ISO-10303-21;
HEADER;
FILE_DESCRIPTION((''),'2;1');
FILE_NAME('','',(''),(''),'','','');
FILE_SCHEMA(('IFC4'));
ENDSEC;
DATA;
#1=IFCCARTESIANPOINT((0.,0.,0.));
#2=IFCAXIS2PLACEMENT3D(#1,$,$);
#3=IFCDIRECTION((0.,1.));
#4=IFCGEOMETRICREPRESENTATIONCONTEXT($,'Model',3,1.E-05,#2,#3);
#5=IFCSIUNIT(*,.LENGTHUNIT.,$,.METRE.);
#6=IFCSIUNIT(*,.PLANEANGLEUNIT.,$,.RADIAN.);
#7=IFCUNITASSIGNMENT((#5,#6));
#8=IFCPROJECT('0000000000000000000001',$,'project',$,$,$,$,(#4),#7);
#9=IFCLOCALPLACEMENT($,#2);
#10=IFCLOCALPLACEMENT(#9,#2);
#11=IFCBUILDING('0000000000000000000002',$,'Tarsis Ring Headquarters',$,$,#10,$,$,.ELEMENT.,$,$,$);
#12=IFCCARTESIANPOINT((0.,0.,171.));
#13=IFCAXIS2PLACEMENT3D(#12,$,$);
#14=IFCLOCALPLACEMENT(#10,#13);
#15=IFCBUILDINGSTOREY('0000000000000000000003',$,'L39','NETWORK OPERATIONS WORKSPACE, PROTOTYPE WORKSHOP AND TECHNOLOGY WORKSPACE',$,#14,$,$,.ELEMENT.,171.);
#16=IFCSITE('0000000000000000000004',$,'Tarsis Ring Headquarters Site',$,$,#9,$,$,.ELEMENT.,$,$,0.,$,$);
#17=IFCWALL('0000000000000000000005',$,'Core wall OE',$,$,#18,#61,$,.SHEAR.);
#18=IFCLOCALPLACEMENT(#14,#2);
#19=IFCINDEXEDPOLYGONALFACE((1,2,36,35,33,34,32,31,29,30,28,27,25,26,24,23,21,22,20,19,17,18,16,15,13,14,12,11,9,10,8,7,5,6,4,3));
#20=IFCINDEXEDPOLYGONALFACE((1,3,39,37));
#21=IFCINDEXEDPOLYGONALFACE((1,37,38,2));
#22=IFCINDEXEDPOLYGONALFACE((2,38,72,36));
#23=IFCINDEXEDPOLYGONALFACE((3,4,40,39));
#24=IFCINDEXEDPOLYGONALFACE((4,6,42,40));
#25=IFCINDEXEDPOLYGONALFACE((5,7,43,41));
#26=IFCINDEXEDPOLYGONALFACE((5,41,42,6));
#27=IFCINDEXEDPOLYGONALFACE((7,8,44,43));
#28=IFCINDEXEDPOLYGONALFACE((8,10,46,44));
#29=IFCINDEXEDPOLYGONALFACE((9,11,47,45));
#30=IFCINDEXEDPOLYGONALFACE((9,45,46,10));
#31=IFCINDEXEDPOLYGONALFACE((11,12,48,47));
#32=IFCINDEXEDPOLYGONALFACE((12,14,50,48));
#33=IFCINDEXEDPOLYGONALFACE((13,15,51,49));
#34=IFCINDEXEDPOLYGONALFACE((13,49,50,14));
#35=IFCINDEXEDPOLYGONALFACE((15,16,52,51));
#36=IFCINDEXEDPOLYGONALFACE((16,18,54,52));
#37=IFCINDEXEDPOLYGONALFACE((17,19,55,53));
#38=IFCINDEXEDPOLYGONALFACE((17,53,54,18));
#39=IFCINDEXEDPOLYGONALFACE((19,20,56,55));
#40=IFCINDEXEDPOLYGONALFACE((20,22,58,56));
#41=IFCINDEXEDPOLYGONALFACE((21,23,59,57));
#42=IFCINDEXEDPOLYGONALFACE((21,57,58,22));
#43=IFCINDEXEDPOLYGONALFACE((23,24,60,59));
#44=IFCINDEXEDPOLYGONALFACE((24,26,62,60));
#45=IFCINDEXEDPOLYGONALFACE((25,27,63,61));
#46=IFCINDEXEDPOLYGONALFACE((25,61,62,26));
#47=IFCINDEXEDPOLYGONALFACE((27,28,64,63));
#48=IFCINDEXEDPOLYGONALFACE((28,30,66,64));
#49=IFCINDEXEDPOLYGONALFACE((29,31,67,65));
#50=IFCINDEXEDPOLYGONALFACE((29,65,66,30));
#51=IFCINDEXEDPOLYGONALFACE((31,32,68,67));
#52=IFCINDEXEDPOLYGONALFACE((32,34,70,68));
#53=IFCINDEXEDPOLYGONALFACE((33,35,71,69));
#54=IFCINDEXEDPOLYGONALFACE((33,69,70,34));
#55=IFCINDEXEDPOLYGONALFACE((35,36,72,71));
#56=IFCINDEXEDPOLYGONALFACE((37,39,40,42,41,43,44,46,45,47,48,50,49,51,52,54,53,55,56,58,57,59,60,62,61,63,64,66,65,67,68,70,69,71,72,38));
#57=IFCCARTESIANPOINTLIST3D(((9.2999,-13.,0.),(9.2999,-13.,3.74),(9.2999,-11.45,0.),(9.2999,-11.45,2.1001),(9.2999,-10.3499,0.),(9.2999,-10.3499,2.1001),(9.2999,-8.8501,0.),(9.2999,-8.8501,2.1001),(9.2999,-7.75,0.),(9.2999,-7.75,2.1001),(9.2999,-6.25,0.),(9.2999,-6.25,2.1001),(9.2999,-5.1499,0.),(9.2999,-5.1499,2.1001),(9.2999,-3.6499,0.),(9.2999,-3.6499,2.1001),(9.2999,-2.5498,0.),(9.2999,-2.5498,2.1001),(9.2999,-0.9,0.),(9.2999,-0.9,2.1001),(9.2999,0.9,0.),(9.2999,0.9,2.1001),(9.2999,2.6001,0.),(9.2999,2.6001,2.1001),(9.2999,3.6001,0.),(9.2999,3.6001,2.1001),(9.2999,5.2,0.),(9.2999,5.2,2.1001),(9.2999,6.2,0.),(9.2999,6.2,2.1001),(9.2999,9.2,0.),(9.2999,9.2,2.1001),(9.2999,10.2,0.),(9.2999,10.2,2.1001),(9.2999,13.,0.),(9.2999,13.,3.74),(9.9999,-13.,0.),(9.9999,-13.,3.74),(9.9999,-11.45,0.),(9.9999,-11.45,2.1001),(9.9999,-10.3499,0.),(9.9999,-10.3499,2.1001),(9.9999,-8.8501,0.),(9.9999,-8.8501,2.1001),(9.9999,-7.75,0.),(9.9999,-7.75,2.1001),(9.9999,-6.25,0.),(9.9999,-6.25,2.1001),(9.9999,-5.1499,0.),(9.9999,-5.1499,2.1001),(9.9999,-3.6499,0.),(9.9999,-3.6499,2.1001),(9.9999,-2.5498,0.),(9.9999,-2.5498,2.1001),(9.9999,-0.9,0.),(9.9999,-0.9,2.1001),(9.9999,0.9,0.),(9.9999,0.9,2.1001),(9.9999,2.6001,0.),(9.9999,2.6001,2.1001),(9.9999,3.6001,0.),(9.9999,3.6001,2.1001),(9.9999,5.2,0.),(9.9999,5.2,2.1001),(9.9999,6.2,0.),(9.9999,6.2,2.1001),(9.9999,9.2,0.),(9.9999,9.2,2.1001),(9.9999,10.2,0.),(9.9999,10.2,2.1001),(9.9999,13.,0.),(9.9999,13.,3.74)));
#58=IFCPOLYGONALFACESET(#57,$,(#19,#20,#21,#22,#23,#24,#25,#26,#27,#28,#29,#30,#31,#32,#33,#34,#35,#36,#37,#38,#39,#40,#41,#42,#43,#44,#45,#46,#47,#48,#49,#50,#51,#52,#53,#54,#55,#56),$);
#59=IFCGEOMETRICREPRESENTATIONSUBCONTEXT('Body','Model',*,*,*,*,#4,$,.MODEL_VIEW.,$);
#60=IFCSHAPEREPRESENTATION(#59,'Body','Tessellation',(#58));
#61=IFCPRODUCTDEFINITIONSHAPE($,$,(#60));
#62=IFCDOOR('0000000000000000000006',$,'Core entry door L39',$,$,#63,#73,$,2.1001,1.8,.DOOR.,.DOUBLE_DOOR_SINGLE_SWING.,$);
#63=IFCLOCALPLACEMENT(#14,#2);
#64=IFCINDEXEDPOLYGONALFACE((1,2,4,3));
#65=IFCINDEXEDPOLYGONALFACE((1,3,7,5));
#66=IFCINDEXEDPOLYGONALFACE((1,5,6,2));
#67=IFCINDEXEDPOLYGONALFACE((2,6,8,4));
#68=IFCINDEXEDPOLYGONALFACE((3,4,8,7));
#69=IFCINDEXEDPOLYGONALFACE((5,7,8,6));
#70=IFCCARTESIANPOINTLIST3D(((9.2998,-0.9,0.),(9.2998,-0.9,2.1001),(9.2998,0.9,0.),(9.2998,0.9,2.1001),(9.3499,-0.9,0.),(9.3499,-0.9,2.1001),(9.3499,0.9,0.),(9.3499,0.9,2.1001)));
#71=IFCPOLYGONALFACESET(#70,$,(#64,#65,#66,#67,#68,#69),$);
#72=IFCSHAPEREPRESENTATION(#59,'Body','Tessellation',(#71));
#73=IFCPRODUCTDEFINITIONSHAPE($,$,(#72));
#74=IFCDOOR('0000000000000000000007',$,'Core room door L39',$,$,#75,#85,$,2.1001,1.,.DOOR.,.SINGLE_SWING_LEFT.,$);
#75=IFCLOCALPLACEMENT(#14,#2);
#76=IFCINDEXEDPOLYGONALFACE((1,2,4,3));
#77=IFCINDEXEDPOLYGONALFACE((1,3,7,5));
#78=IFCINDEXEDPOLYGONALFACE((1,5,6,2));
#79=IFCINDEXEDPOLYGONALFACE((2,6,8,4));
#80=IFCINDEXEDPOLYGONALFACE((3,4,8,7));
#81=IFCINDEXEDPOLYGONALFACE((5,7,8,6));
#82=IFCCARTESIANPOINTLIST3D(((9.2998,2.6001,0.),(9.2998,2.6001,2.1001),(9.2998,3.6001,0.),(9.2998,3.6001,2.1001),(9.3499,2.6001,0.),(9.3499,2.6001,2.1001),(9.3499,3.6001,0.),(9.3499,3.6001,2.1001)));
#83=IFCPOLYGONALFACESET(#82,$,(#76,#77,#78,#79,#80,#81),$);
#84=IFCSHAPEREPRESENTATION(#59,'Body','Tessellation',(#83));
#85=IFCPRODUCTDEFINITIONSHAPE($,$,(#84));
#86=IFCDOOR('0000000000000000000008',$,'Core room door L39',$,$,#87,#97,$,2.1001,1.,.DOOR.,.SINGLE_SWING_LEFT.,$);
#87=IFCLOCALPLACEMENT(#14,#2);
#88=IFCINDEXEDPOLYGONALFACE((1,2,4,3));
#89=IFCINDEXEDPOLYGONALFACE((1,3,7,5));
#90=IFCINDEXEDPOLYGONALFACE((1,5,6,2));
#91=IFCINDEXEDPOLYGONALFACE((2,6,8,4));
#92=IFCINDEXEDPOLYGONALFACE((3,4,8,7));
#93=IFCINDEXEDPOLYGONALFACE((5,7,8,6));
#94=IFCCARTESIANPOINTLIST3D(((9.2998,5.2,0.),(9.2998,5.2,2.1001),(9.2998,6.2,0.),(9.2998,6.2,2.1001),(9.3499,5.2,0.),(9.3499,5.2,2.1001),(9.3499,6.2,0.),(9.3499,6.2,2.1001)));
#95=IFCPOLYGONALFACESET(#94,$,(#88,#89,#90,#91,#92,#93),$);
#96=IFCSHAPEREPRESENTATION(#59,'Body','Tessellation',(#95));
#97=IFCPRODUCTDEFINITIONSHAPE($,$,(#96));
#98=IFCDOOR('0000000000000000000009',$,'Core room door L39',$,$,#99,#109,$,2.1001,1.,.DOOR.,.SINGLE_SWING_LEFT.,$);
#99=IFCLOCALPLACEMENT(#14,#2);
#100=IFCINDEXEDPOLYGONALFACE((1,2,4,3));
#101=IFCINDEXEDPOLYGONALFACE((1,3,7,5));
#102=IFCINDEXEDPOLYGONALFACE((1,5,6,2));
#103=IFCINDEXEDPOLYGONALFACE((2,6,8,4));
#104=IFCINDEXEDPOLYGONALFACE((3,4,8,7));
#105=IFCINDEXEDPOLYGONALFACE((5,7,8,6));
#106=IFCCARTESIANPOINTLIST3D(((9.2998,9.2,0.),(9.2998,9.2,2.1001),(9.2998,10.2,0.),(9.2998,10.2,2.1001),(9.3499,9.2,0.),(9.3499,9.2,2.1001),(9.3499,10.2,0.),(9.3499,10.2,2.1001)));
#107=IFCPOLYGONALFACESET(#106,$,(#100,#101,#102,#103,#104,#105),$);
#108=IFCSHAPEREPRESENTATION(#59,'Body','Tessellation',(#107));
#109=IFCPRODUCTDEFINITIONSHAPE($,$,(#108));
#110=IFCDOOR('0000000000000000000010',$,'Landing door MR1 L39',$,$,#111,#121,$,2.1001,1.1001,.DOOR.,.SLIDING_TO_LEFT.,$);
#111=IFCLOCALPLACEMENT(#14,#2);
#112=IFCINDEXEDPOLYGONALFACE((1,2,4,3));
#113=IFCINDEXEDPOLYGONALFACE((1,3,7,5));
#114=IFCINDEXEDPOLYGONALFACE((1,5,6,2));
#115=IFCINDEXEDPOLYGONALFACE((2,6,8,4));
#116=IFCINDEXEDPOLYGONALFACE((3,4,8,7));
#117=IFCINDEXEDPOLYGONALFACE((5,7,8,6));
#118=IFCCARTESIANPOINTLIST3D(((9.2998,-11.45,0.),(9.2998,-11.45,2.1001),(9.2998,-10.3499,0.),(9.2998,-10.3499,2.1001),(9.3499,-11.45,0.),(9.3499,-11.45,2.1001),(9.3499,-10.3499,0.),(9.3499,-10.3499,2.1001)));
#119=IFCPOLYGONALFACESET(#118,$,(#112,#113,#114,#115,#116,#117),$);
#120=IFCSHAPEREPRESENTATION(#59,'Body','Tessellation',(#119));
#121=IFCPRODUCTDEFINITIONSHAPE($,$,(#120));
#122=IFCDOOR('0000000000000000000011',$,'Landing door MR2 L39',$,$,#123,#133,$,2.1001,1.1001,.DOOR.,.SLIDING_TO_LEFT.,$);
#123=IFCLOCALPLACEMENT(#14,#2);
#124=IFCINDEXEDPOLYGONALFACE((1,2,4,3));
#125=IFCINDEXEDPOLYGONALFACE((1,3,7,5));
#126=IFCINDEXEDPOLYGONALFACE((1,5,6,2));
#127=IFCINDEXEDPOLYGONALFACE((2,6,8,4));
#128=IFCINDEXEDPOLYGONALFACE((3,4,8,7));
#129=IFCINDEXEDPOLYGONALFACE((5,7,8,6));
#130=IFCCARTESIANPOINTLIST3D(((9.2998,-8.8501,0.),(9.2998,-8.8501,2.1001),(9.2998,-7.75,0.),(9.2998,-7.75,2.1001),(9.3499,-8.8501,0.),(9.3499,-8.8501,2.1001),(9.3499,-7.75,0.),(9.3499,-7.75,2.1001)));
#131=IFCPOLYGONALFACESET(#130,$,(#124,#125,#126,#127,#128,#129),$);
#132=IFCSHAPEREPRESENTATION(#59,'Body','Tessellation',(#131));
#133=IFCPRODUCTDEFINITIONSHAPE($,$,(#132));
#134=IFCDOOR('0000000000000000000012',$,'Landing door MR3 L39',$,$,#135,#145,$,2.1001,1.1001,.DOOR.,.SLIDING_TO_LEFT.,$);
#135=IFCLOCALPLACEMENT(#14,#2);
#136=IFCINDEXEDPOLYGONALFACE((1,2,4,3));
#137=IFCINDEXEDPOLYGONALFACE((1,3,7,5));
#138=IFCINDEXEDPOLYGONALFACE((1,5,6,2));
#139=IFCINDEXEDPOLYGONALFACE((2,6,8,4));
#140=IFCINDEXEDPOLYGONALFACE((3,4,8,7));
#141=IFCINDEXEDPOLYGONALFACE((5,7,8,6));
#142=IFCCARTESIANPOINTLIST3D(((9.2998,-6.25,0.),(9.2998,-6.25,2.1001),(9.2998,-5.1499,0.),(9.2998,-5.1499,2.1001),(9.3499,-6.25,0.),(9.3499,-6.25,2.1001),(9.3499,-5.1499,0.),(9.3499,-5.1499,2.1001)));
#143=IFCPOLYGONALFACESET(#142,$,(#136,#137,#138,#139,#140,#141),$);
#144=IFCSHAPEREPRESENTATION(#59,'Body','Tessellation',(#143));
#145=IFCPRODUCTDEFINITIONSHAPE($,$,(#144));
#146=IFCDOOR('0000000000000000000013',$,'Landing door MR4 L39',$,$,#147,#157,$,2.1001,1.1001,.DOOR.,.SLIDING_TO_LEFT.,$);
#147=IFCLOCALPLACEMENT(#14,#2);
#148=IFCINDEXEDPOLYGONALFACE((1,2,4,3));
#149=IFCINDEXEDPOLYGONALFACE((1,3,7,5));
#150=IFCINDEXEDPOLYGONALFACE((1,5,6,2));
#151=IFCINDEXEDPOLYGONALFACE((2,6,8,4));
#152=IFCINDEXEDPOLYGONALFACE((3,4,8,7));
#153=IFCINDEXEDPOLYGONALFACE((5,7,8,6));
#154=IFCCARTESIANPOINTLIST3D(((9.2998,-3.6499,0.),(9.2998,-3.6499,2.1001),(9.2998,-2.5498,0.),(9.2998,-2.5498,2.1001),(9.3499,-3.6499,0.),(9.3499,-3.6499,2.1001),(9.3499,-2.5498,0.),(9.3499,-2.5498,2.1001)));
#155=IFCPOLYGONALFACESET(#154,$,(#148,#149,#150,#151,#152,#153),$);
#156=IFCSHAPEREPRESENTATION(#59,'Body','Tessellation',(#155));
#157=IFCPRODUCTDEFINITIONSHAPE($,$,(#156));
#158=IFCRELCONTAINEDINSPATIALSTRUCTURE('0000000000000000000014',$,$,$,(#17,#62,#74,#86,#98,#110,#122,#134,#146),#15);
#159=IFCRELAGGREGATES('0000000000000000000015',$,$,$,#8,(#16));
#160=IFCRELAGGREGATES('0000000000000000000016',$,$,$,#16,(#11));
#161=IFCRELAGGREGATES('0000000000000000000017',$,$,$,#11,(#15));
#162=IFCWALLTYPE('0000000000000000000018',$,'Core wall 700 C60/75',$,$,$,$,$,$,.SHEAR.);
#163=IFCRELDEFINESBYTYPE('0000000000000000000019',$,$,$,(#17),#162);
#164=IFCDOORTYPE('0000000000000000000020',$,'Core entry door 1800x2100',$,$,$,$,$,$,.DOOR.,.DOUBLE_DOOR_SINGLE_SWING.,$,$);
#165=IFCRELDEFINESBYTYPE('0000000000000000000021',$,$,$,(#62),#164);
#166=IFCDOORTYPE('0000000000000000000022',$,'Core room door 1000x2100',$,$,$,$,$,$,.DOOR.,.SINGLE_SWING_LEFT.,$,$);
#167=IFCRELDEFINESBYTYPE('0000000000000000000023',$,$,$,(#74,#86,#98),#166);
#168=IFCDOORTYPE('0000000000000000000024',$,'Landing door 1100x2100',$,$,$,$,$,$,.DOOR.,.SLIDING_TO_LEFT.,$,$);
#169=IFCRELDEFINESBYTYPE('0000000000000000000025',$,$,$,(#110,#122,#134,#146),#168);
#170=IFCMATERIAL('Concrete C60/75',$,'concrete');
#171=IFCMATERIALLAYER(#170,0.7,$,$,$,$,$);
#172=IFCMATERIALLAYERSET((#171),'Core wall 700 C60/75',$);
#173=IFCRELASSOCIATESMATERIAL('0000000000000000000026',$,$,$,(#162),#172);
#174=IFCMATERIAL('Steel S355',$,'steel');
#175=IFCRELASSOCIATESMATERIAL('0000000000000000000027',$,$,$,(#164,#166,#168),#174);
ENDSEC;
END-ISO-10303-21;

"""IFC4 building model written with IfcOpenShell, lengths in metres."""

from ifc_helpers import new_model, si_unit, direction, frame, frame_2d, origin, place, context, subcontext, project, spatial, rectangle, extrude, material, layer, layer_set, type_object, element, fill, save


model = new_model("IFC4")

# Units and contexts
model_context = context("Model", 3, precision=1e-05, world=origin(), true_north=direction((0.0, 1.0)))
body_context = subcontext(model_context, "Body", "Model", "MODEL_VIEW")
ifc_project = project(units=[si_unit("LENGTHUNIT", "METRE"), si_unit("PLANEANGLEUNIT", "RADIAN")], contexts=[model_context])

# Site, building, storey
site_placement = place(None, origin())
site = spatial("IfcSite", under=ifc_project, at=site_placement, Name="Tarsis Ring Headquarters Site", CompositionType="ELEMENT", RefElevation=0.0)
building_placement = place(site_placement, origin())
building = spatial("IfcBuilding", under=site, at=building_placement, Name="Tarsis Ring Headquarters", CompositionType="ELEMENT")
storey_placement = place(building_placement, frame((0.0, 0.0, 171.0)))
storey = spatial("IfcBuildingStorey", under=building, at=storey_placement, Name="L39", Description="NETWORK OPERATIONS WORKSPACE, PROTOTYPE WORKSHOP AND TECHNOLOGY WORKSPACE", CompositionType="ELEMENT", Elevation=171.0)

# Wall, openings, doors
ifc_material_1 = material(Name="Concrete C60/75", Category="concrete")
ifc_layer_1 = layer(ifc_material_1, 0.7)
ifc_layer_set_1 = layer_set([ifc_layer_1], Name="Core wall 700 C60/75")
wall_type_1 = type_object("IfcWallType", Name="Core wall 700 C60/75", PredefinedType="SHEAR", material=ifc_layer_set_1)
wall_1_placement = place(storey_placement, frame((9.6499, -13.0, 0.0), z_axis=(0.0, 0.0, 1.0), x_axis=(0.0, 1.0, 0.0)))
wall_1 = element("IfcWall", 1, at=wall_1_placement, inside=storey, type_object=wall_type_1, Name="Core wall OE", PredefinedType="SHEAR", context=body_context, shape_type="SweptSolid", body=[
    extrude(rectangle(XDim=26.0, YDim=0.7, at=frame_2d((13.0, 0.0))), origin(), (0.0, 0.0, 1.0), 3.74),
])
opening_1_placement = place(wall_1_placement, frame((1.55, 0.0, 0.0)))
opening_1 = element("IfcOpeningElement", 2, at=opening_1_placement, cuts=wall_1, PredefinedType="OPENING", context=body_context, shape_type="SweptSolid", body=[
    extrude(rectangle(XDim=1.1001, YDim=2.1001, at=frame_2d((0.55, 1.05))), frame((0.0, 0.3599, 0.0), z_axis=(0.0, -1.0, 0.0), x_axis=(1.0, 0.0, 0.0)), (0.0, 0.0, 1.0), 0.72),
])
opening_2_placement = place(wall_1_placement, frame((4.1499, 0.0, 0.0)))
opening_2 = element("IfcOpeningElement", 3, at=opening_2_placement, cuts=wall_1, PredefinedType="OPENING", context=body_context, shape_type="SweptSolid", body=[
    extrude(rectangle(XDim=1.1001, YDim=2.1001, at=frame_2d((0.55, 1.05))), frame((0.0, 0.3599, 0.0), z_axis=(0.0, -1.0, 0.0), x_axis=(1.0, 0.0, 0.0)), (0.0, 0.0, 1.0), 0.72),
])
opening_3_placement = place(wall_1_placement, frame((6.75, 0.0, 0.0)))
opening_3 = element("IfcOpeningElement", 4, at=opening_3_placement, cuts=wall_1, PredefinedType="OPENING", context=body_context, shape_type="SweptSolid", body=[
    extrude(rectangle(XDim=1.1001, YDim=2.1001, at=frame_2d((0.55, 1.05))), frame((0.0, 0.3599, 0.0), z_axis=(0.0, -1.0, 0.0), x_axis=(1.0, 0.0, 0.0)), (0.0, 0.0, 1.0), 0.72),
])
opening_4_placement = place(wall_1_placement, frame((9.3501, 0.0, 0.0)))
opening_4 = element("IfcOpeningElement", 5, at=opening_4_placement, cuts=wall_1, PredefinedType="OPENING", context=body_context, shape_type="SweptSolid", body=[
    extrude(rectangle(XDim=1.1001, YDim=2.1001, at=frame_2d((0.55, 1.05))), frame((0.0, 0.3599, 0.0), z_axis=(0.0, -1.0, 0.0), x_axis=(1.0, 0.0, 0.0)), (0.0, 0.0, 1.0), 0.72),
])
opening_5_placement = place(wall_1_placement, frame((12.1001, 0.0, 0.0)))
opening_5 = element("IfcOpeningElement", 6, at=opening_5_placement, cuts=wall_1, PredefinedType="OPENING", context=body_context, shape_type="SweptSolid", body=[
    extrude(rectangle(XDim=1.8, YDim=2.1001, at=frame_2d((0.8999, 1.05))), frame((0.0, 0.3599, 0.0), z_axis=(0.0, -1.0, 0.0), x_axis=(1.0, 0.0, 0.0)), (0.0, 0.0, 1.0), 0.72),
])
opening_6_placement = place(wall_1_placement, frame((15.6001, 0.0, 0.0)))
opening_6 = element("IfcOpeningElement", 7, at=opening_6_placement, cuts=wall_1, PredefinedType="OPENING", context=body_context, shape_type="SweptSolid", body=[
    extrude(rectangle(XDim=1.0, YDim=2.1001, at=frame_2d((0.5, 1.05))), frame((0.0, 0.3599, 0.0), z_axis=(0.0, -1.0, 0.0), x_axis=(1.0, 0.0, 0.0)), (0.0, 0.0, 1.0), 0.72),
])
opening_7_placement = place(wall_1_placement, frame((18.2, 0.0, 0.0)))
opening_7 = element("IfcOpeningElement", 8, at=opening_7_placement, cuts=wall_1, PredefinedType="OPENING", context=body_context, shape_type="SweptSolid", body=[
    extrude(rectangle(XDim=1.0, YDim=2.1001, at=frame_2d((0.5, 1.05))), frame((0.0, 0.3599, 0.0), z_axis=(0.0, -1.0, 0.0), x_axis=(1.0, 0.0, 0.0)), (0.0, 0.0, 1.0), 0.72),
])
opening_8_placement = place(wall_1_placement, frame((22.2, 0.0, 0.0)))
opening_8 = element("IfcOpeningElement", 9, at=opening_8_placement, cuts=wall_1, PredefinedType="OPENING", context=body_context, shape_type="SweptSolid", body=[
    extrude(rectangle(XDim=1.0, YDim=2.1001, at=frame_2d((0.5, 1.05))), frame((0.0, 0.3599, 0.0), z_axis=(0.0, -1.0, 0.0), x_axis=(1.0, 0.0, 0.0)), (0.0, 0.0, 1.0), 0.72),
])
ifc_material_2 = material(Name="Steel S355", Category="steel")
door_type_1 = type_object("IfcDoorType", Name="Core entry door 1800x2100", OperationType="DOUBLE_DOOR_SINGLE_SWING", PredefinedType="DOOR", material=ifc_material_2)
door_1_placement = place(opening_5_placement, origin())
door_1 = element("IfcDoor", 10, at=door_1_placement, inside=storey, type_object=door_type_1, Name="Core entry door L39", OperationType="DOUBLE_DOOR_SINGLE_SWING", OverallHeight=2.1001, OverallWidth=1.8, PredefinedType="DOOR", context=body_context, shape_type="SweptSolid", body=[
    extrude(rectangle(XDim=1.8, YDim=2.1001, at=frame_2d((0.8999, 1.05))), frame((0.0, 0.3501, 0.0), z_axis=(0.0, -1.0, 0.0), x_axis=(1.0, 0.0, 0.0)), (0.0, 0.0, 1.0), 0.05),
])
fill(opening_5, door_1)
door_type_2 = type_object("IfcDoorType", Name="Core room door 1000x2100", OperationType="SINGLE_SWING_LEFT", PredefinedType="DOOR", material=ifc_material_2)
door_2_placement = place(opening_6_placement, origin())
door_2 = element("IfcDoor", 11, at=door_2_placement, inside=storey, type_object=door_type_2, Name="Core room door L39", OperationType="SINGLE_SWING_LEFT", OverallHeight=2.1001, OverallWidth=1.0, PredefinedType="DOOR", context=body_context, shape_type="SweptSolid", body=[
    extrude(rectangle(XDim=1.0, YDim=2.1001, at=frame_2d((0.5, 1.05))), frame((0.0, 0.3501, 0.0), z_axis=(0.0, -1.0, 0.0), x_axis=(1.0, 0.0, 0.0)), (0.0, 0.0, 1.0), 0.05),
])
fill(opening_6, door_2)
door_3_placement = place(opening_7_placement, origin())
door_3 = element("IfcDoor", 12, at=door_3_placement, inside=storey, type_object=door_type_2, Name="Core room door L39", OperationType="SINGLE_SWING_LEFT", OverallHeight=2.1001, OverallWidth=1.0, PredefinedType="DOOR", context=body_context, shape_type="SweptSolid", body=[
    extrude(rectangle(XDim=1.0, YDim=2.1001, at=frame_2d((0.5, 1.05))), frame((0.0, 0.3501, 0.0), z_axis=(0.0, -1.0, 0.0), x_axis=(1.0, 0.0, 0.0)), (0.0, 0.0, 1.0), 0.05),
])
fill(opening_7, door_3)
door_4_placement = place(opening_8_placement, origin())
door_4 = element("IfcDoor", 13, at=door_4_placement, inside=storey, type_object=door_type_2, Name="Core room door L39", OperationType="SINGLE_SWING_LEFT", OverallHeight=2.1001, OverallWidth=1.0, PredefinedType="DOOR", context=body_context, shape_type="SweptSolid", body=[
    extrude(rectangle(XDim=1.0, YDim=2.1001, at=frame_2d((0.5, 1.05))), frame((0.0, 0.3501, 0.0), z_axis=(0.0, -1.0, 0.0), x_axis=(1.0, 0.0, 0.0)), (0.0, 0.0, 1.0), 0.05),
])
fill(opening_8, door_4)
door_type_3 = type_object("IfcDoorType", Name="Landing door 1100x2100", OperationType="SLIDING_TO_LEFT", PredefinedType="DOOR", material=ifc_material_2)
door_5_placement = place(opening_1_placement, origin())
door_5 = element("IfcDoor", 14, at=door_5_placement, inside=storey, type_object=door_type_3, Name="Landing door MR1 L39", OperationType="SLIDING_TO_LEFT", OverallHeight=2.1001, OverallWidth=1.1001, PredefinedType="DOOR", context=body_context, shape_type="SweptSolid", body=[
    extrude(rectangle(XDim=1.1001, YDim=2.1001, at=frame_2d((0.55, 1.05))), frame((0.0, 0.3501, 0.0), z_axis=(0.0, -1.0, 0.0), x_axis=(1.0, 0.0, 0.0)), (0.0, 0.0, 1.0), 0.05),
])
fill(opening_1, door_5)
door_6_placement = place(opening_2_placement, origin())
door_6 = element("IfcDoor", 15, at=door_6_placement, inside=storey, type_object=door_type_3, Name="Landing door MR2 L39", OperationType="SLIDING_TO_LEFT", OverallHeight=2.1001, OverallWidth=1.1001, PredefinedType="DOOR", context=body_context, shape_type="SweptSolid", body=[
    extrude(rectangle(XDim=1.1001, YDim=2.1001, at=frame_2d((0.55, 1.05))), frame((0.0, 0.3501, 0.0), z_axis=(0.0, -1.0, 0.0), x_axis=(1.0, 0.0, 0.0)), (0.0, 0.0, 1.0), 0.05),
])
fill(opening_2, door_6)
door_7_placement = place(opening_3_placement, origin())
door_7 = element("IfcDoor", 16, at=door_7_placement, inside=storey, type_object=door_type_3, Name="Landing door MR3 L39", OperationType="SLIDING_TO_LEFT", OverallHeight=2.1001, OverallWidth=1.1001, PredefinedType="DOOR", context=body_context, shape_type="SweptSolid", body=[
    extrude(rectangle(XDim=1.1001, YDim=2.1001, at=frame_2d((0.55, 1.05))), frame((0.0, 0.3501, 0.0), z_axis=(0.0, -1.0, 0.0), x_axis=(1.0, 0.0, 0.0)), (0.0, 0.0, 1.0), 0.05),
])
fill(opening_3, door_7)
door_8_placement = place(opening_4_placement, origin())
door_8 = element("IfcDoor", 17, at=door_8_placement, inside=storey, type_object=door_type_3, Name="Landing door MR4 L39", OperationType="SLIDING_TO_LEFT", OverallHeight=2.1001, OverallWidth=1.1001, PredefinedType="DOOR", context=body_context, shape_type="SweptSolid", body=[
    extrude(rectangle(XDim=1.1001, YDim=2.1001, at=frame_2d((0.55, 1.05))), frame((0.0, 0.3501, 0.0), z_axis=(0.0, -1.0, 0.0), x_axis=(1.0, 0.0, 0.0)), (0.0, 0.0, 1.0), 0.05),
])
fill(opening_4, door_8)

save(model, "model.ifc")
